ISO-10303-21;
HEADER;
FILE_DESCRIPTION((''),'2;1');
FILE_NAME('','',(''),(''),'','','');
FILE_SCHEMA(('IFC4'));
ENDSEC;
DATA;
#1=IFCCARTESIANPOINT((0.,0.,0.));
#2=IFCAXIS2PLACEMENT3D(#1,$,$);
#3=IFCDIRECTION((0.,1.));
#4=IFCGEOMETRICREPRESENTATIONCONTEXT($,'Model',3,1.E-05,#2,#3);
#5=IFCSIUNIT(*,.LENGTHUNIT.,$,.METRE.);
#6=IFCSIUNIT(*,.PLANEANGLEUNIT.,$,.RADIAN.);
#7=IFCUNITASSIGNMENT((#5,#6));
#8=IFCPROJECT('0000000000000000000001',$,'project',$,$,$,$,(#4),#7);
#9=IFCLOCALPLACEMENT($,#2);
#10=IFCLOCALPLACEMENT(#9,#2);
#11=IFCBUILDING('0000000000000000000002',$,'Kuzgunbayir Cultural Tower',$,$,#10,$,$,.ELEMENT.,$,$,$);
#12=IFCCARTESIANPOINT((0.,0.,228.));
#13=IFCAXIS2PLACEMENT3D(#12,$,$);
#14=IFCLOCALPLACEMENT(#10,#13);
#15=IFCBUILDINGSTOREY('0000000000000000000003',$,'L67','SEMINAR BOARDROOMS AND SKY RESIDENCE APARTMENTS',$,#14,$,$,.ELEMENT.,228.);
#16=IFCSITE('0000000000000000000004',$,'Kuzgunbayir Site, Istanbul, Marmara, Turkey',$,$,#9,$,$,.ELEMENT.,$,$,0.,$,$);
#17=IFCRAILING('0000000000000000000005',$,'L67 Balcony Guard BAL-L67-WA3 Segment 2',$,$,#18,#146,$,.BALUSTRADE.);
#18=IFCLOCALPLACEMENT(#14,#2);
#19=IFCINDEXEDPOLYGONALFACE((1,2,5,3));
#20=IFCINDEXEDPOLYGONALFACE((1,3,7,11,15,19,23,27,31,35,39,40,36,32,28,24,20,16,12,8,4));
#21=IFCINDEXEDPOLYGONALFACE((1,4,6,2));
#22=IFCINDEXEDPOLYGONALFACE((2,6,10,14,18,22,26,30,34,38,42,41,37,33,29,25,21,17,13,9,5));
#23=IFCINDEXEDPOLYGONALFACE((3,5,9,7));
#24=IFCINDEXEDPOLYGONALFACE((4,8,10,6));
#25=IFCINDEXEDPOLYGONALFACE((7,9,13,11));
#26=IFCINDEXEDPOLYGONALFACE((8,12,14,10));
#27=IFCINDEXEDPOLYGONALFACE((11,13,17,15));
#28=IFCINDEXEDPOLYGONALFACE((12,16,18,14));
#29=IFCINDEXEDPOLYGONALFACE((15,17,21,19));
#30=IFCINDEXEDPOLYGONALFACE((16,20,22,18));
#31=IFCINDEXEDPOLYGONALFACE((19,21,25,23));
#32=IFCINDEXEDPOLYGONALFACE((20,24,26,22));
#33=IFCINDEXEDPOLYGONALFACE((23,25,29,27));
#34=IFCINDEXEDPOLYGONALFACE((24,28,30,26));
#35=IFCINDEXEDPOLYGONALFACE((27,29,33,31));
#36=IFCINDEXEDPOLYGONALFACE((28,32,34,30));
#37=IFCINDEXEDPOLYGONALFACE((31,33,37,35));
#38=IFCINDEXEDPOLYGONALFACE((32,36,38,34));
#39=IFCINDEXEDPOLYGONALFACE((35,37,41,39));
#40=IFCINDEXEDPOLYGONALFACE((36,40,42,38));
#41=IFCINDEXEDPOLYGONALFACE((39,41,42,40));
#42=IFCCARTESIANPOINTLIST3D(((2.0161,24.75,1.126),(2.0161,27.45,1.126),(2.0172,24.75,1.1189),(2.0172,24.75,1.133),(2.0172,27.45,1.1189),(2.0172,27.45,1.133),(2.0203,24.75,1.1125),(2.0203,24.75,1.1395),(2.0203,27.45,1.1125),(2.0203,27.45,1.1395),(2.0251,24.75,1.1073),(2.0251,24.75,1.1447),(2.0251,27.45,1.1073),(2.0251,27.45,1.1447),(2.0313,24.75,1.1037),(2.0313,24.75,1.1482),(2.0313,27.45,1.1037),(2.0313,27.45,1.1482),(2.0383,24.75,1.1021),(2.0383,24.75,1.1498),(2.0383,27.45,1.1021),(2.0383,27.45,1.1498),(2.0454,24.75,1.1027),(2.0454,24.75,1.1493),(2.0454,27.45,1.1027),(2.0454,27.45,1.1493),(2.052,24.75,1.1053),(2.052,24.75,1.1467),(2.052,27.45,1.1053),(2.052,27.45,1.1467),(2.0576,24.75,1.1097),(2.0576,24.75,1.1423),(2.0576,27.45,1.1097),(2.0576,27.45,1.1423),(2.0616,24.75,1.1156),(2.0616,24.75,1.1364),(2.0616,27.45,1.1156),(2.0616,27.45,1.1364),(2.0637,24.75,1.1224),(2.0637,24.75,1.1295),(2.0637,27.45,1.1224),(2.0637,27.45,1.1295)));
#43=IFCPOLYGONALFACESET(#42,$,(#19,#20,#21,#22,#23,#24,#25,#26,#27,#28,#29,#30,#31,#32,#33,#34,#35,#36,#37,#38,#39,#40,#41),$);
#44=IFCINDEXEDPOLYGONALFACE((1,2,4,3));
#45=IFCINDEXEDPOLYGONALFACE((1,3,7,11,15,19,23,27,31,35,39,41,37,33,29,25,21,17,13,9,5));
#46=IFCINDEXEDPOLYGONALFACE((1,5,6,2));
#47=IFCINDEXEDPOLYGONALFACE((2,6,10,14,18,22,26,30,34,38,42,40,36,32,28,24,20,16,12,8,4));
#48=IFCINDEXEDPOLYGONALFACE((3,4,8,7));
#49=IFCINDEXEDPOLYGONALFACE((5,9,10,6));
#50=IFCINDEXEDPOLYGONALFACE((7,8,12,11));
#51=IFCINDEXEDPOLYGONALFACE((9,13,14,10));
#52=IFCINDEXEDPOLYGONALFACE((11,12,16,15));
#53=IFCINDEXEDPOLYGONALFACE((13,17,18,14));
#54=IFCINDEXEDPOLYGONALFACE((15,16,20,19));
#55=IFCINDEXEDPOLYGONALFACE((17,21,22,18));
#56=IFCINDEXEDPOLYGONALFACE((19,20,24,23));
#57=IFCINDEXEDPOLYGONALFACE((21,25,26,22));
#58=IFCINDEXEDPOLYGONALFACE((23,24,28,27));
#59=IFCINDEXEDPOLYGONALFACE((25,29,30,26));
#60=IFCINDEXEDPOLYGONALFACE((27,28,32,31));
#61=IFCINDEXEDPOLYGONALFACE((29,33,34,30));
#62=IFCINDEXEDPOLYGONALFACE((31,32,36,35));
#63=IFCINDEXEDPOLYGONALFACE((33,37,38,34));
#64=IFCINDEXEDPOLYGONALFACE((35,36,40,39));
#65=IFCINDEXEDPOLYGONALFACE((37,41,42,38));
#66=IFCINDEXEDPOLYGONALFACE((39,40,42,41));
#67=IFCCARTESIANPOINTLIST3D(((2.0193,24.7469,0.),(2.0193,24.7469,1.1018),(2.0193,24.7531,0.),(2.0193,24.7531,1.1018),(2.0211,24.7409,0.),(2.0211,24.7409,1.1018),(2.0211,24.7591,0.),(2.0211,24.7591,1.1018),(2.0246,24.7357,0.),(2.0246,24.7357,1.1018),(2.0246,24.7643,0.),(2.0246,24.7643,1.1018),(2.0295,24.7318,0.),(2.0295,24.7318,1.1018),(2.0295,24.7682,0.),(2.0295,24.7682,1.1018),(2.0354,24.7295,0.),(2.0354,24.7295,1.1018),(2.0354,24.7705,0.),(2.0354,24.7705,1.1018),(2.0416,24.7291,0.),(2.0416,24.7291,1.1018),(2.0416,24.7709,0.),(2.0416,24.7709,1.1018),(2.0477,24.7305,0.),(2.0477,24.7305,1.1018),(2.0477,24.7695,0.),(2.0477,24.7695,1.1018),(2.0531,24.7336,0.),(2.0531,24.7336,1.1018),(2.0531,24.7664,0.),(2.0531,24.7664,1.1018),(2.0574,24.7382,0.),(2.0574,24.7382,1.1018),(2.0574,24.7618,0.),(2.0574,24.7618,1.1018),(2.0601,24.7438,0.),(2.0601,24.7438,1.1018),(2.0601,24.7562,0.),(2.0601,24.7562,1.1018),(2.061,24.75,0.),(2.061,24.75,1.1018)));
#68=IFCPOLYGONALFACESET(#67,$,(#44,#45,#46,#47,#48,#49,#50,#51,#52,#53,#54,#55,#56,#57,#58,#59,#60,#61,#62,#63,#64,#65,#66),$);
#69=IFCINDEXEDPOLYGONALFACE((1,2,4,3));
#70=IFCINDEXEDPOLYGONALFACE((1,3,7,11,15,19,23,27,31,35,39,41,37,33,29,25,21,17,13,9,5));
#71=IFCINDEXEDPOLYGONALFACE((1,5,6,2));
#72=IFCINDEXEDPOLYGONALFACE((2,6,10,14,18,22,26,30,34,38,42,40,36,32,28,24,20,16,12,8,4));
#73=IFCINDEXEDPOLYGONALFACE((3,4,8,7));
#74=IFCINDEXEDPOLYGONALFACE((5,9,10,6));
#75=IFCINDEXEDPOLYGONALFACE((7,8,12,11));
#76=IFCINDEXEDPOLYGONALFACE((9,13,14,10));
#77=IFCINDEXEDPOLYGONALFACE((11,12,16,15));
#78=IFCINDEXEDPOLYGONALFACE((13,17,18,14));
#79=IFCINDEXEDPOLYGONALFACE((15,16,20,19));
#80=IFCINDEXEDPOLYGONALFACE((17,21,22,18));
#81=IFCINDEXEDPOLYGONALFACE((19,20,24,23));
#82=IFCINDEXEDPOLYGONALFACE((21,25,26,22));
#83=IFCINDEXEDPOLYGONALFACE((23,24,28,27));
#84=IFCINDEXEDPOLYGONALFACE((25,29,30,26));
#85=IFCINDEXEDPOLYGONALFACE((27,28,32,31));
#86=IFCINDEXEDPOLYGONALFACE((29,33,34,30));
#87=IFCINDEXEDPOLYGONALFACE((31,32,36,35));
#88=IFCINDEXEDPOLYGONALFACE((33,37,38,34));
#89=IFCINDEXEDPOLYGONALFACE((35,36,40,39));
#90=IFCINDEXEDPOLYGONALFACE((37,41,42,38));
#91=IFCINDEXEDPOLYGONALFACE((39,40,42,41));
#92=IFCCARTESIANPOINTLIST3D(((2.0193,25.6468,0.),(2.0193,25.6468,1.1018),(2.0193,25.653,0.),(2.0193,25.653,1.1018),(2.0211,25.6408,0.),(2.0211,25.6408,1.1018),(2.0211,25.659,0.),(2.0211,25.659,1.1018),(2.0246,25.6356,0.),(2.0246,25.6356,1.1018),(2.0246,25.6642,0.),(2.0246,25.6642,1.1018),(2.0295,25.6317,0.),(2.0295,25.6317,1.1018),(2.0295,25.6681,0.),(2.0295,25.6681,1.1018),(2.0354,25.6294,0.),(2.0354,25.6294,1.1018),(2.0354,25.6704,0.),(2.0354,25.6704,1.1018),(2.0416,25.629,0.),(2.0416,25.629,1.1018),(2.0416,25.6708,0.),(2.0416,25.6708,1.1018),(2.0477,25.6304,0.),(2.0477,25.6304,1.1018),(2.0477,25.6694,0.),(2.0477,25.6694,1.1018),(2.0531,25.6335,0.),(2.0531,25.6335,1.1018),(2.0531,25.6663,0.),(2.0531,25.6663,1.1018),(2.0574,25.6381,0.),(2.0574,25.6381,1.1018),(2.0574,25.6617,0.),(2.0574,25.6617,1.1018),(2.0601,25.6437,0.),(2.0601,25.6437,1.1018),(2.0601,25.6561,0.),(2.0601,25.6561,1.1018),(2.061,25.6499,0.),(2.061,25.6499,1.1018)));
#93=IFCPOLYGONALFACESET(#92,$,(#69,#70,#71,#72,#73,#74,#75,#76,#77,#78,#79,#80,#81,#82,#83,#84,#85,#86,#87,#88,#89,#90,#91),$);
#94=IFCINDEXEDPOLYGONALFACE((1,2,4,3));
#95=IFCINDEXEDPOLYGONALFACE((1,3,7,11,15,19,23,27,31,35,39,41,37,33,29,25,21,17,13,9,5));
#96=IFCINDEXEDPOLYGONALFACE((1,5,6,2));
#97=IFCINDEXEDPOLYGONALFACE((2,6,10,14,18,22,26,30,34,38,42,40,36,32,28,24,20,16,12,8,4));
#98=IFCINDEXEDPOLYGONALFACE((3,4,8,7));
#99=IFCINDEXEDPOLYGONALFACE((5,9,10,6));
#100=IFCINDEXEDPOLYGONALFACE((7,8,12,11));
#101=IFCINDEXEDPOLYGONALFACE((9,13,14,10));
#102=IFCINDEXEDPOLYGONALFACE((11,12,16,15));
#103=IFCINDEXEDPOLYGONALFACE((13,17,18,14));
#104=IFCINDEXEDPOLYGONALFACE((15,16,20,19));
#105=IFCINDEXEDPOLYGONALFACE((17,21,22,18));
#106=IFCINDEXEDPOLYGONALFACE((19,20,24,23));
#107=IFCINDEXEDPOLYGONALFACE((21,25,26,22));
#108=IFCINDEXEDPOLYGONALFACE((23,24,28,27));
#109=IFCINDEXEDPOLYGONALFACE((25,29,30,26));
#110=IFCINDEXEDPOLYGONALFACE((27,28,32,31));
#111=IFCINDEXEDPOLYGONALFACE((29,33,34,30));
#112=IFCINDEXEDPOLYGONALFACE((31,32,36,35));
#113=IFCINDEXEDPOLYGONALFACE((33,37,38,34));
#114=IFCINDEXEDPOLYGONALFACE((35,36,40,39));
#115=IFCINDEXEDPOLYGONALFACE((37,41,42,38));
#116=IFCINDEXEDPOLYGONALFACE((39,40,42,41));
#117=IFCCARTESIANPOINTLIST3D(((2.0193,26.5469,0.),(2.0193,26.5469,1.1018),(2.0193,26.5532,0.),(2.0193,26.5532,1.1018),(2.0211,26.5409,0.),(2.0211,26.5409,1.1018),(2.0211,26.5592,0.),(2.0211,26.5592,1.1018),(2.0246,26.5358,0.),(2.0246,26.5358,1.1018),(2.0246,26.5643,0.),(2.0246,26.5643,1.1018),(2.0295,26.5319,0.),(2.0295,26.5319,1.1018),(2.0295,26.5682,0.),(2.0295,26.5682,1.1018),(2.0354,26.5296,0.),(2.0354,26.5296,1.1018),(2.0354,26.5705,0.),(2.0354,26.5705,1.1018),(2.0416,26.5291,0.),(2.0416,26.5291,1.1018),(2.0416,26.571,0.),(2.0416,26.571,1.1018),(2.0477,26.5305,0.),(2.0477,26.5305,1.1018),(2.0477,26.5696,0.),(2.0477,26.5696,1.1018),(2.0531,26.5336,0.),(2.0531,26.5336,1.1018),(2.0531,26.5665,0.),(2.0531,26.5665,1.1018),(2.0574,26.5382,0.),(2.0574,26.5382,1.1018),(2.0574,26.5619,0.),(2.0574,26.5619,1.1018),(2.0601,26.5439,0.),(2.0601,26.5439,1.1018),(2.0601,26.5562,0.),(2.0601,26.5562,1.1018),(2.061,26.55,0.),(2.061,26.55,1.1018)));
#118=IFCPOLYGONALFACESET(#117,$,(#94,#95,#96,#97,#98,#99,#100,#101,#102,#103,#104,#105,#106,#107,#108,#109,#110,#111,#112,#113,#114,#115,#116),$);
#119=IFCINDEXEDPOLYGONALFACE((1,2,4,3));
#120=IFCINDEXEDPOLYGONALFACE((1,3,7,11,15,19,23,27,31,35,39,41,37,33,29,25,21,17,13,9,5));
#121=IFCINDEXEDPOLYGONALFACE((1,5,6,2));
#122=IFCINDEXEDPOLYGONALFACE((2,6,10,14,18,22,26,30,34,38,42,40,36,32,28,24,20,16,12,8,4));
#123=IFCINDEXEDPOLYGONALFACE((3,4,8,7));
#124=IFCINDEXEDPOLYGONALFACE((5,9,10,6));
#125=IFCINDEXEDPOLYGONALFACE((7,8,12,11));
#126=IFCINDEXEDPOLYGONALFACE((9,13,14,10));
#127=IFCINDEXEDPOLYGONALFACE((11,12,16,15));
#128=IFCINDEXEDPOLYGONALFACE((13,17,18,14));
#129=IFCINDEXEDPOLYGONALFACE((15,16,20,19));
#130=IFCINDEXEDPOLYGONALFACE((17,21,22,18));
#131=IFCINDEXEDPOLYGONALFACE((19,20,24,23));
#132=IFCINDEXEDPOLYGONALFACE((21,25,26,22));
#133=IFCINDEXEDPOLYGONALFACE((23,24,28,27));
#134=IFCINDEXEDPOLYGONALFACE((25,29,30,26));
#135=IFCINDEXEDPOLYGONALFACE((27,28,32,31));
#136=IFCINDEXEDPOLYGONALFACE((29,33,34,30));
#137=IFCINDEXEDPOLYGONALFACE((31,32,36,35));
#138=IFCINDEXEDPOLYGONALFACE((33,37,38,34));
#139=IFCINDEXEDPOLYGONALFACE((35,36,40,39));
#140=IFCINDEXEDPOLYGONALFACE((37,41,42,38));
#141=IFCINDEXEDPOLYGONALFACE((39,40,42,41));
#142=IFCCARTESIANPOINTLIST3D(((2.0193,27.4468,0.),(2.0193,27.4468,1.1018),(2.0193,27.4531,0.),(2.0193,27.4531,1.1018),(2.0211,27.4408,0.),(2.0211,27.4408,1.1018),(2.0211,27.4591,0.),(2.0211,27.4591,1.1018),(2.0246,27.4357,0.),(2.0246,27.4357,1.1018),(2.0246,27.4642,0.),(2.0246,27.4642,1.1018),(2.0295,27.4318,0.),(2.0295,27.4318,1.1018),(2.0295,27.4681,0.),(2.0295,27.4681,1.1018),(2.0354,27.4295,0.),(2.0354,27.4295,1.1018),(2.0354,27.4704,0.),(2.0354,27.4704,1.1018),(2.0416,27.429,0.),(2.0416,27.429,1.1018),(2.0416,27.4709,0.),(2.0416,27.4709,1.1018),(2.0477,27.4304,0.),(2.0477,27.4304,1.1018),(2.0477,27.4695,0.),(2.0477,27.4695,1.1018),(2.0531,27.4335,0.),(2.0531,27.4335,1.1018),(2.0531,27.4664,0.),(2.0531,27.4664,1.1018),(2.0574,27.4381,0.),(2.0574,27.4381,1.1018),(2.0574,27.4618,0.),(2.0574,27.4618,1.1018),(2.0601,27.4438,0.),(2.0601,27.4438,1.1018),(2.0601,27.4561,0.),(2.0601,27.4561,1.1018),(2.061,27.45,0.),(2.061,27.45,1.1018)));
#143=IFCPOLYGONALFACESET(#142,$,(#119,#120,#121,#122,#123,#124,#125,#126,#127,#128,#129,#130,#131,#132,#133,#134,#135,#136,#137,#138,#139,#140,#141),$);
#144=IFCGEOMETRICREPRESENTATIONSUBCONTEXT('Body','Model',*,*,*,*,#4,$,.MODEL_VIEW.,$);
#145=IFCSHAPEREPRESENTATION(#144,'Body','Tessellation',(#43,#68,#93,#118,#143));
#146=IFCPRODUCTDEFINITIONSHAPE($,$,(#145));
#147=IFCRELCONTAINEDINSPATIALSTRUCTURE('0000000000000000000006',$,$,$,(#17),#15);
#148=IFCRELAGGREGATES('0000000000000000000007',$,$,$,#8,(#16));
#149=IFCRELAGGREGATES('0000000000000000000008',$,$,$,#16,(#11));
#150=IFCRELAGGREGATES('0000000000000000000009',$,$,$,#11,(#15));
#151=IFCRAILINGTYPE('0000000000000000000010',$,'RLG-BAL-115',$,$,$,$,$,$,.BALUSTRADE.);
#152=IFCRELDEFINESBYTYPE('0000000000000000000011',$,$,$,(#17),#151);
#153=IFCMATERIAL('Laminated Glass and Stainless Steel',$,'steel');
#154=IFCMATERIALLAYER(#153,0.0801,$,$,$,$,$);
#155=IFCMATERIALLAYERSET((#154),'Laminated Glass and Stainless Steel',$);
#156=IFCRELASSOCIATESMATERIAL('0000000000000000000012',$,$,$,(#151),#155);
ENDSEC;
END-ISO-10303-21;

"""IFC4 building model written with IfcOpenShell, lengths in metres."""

from ifc_helpers import new_model, si_unit, direction, frame, origin, origin_2d, place, context, subcontext, project, spatial, circle, extrude, material, layer, layer_set, type_object, element, save


model = new_model("IFC4")

# Units and contexts
model_context = context("Model", 3, precision=1e-05, world=origin(), true_north=direction((0.0, 1.0)))
body_context = subcontext(model_context, "Body", "Model", "MODEL_VIEW")
ifc_project = project(units=[si_unit("LENGTHUNIT", "METRE"), si_unit("PLANEANGLEUNIT", "RADIAN")], contexts=[model_context])

# Site, building, storey
site_placement = place(None, origin())
site = spatial("IfcSite", under=ifc_project, at=site_placement, Name="Kuzgunbayir Site, Istanbul, Marmara, Turkey", CompositionType="ELEMENT", RefElevation=0.0)
building_placement = place(site_placement, origin())
building = spatial("IfcBuilding", under=site, at=building_placement, Name="Kuzgunbayir Cultural Tower", CompositionType="ELEMENT")
storey_placement = place(building_placement, frame((0.0, 0.0, 228.0)))
storey = spatial("IfcBuildingStorey", under=building, at=storey_placement, Name="L67", Description="SEMINAR BOARDROOMS AND SKY RESIDENCE APARTMENTS", CompositionType="ELEMENT", Elevation=228.0)

# Railing
ifc_material_1 = material(Name="Laminated Glass and Stainless Steel", Category="steel")
ifc_layer_1 = layer(ifc_material_1, 0.0801)
ifc_layer_set_1 = layer_set([ifc_layer_1], Name="Laminated Glass and Stainless Steel")
railing_type = type_object("IfcRailingType", Name="RLG-BAL-115", PredefinedType="BALUSTRADE", material=ifc_layer_set_1)
railing_1_placement = place(storey_placement, frame((2.04, 24.75, 0.0)))
element("IfcRailing", 1, at=railing_1_placement, inside=storey, type_object=railing_type, Name="L67 Balcony Guard BAL-L67-WA3 Segment 2", PredefinedType="BALUSTRADE", context=body_context, shape_type="SweptSolid", body=[
    extrude(circle(Radius=0.0239, at=origin_2d()), frame((0.0, 0.0, 1.126), z_axis=(0.0, 1.0, 0.0), x_axis=(-1.0, 0.0, 0.0)), (0.0, 0.0, 1.0), 2.7),
    extrude(circle(Radius=0.021, at=origin_2d()), origin(), (0.0, 0.0, 1.0), 1.1018),
    extrude(circle(Radius=0.021, at=origin_2d()), frame((0.0, 0.8999, 0.0)), (0.0, 0.0, 1.0), 1.1018),
    extrude(circle(Radius=0.021, at=origin_2d()), frame((0.0, 1.8, 0.0)), (0.0, 0.0, 1.0), 1.1018),
    extrude(circle(Radius=0.021, at=origin_2d()), frame((0.0, 2.7, 0.0)), (0.0, 0.0, 1.0), 1.1018),
])

save(model, "model.ifc")
